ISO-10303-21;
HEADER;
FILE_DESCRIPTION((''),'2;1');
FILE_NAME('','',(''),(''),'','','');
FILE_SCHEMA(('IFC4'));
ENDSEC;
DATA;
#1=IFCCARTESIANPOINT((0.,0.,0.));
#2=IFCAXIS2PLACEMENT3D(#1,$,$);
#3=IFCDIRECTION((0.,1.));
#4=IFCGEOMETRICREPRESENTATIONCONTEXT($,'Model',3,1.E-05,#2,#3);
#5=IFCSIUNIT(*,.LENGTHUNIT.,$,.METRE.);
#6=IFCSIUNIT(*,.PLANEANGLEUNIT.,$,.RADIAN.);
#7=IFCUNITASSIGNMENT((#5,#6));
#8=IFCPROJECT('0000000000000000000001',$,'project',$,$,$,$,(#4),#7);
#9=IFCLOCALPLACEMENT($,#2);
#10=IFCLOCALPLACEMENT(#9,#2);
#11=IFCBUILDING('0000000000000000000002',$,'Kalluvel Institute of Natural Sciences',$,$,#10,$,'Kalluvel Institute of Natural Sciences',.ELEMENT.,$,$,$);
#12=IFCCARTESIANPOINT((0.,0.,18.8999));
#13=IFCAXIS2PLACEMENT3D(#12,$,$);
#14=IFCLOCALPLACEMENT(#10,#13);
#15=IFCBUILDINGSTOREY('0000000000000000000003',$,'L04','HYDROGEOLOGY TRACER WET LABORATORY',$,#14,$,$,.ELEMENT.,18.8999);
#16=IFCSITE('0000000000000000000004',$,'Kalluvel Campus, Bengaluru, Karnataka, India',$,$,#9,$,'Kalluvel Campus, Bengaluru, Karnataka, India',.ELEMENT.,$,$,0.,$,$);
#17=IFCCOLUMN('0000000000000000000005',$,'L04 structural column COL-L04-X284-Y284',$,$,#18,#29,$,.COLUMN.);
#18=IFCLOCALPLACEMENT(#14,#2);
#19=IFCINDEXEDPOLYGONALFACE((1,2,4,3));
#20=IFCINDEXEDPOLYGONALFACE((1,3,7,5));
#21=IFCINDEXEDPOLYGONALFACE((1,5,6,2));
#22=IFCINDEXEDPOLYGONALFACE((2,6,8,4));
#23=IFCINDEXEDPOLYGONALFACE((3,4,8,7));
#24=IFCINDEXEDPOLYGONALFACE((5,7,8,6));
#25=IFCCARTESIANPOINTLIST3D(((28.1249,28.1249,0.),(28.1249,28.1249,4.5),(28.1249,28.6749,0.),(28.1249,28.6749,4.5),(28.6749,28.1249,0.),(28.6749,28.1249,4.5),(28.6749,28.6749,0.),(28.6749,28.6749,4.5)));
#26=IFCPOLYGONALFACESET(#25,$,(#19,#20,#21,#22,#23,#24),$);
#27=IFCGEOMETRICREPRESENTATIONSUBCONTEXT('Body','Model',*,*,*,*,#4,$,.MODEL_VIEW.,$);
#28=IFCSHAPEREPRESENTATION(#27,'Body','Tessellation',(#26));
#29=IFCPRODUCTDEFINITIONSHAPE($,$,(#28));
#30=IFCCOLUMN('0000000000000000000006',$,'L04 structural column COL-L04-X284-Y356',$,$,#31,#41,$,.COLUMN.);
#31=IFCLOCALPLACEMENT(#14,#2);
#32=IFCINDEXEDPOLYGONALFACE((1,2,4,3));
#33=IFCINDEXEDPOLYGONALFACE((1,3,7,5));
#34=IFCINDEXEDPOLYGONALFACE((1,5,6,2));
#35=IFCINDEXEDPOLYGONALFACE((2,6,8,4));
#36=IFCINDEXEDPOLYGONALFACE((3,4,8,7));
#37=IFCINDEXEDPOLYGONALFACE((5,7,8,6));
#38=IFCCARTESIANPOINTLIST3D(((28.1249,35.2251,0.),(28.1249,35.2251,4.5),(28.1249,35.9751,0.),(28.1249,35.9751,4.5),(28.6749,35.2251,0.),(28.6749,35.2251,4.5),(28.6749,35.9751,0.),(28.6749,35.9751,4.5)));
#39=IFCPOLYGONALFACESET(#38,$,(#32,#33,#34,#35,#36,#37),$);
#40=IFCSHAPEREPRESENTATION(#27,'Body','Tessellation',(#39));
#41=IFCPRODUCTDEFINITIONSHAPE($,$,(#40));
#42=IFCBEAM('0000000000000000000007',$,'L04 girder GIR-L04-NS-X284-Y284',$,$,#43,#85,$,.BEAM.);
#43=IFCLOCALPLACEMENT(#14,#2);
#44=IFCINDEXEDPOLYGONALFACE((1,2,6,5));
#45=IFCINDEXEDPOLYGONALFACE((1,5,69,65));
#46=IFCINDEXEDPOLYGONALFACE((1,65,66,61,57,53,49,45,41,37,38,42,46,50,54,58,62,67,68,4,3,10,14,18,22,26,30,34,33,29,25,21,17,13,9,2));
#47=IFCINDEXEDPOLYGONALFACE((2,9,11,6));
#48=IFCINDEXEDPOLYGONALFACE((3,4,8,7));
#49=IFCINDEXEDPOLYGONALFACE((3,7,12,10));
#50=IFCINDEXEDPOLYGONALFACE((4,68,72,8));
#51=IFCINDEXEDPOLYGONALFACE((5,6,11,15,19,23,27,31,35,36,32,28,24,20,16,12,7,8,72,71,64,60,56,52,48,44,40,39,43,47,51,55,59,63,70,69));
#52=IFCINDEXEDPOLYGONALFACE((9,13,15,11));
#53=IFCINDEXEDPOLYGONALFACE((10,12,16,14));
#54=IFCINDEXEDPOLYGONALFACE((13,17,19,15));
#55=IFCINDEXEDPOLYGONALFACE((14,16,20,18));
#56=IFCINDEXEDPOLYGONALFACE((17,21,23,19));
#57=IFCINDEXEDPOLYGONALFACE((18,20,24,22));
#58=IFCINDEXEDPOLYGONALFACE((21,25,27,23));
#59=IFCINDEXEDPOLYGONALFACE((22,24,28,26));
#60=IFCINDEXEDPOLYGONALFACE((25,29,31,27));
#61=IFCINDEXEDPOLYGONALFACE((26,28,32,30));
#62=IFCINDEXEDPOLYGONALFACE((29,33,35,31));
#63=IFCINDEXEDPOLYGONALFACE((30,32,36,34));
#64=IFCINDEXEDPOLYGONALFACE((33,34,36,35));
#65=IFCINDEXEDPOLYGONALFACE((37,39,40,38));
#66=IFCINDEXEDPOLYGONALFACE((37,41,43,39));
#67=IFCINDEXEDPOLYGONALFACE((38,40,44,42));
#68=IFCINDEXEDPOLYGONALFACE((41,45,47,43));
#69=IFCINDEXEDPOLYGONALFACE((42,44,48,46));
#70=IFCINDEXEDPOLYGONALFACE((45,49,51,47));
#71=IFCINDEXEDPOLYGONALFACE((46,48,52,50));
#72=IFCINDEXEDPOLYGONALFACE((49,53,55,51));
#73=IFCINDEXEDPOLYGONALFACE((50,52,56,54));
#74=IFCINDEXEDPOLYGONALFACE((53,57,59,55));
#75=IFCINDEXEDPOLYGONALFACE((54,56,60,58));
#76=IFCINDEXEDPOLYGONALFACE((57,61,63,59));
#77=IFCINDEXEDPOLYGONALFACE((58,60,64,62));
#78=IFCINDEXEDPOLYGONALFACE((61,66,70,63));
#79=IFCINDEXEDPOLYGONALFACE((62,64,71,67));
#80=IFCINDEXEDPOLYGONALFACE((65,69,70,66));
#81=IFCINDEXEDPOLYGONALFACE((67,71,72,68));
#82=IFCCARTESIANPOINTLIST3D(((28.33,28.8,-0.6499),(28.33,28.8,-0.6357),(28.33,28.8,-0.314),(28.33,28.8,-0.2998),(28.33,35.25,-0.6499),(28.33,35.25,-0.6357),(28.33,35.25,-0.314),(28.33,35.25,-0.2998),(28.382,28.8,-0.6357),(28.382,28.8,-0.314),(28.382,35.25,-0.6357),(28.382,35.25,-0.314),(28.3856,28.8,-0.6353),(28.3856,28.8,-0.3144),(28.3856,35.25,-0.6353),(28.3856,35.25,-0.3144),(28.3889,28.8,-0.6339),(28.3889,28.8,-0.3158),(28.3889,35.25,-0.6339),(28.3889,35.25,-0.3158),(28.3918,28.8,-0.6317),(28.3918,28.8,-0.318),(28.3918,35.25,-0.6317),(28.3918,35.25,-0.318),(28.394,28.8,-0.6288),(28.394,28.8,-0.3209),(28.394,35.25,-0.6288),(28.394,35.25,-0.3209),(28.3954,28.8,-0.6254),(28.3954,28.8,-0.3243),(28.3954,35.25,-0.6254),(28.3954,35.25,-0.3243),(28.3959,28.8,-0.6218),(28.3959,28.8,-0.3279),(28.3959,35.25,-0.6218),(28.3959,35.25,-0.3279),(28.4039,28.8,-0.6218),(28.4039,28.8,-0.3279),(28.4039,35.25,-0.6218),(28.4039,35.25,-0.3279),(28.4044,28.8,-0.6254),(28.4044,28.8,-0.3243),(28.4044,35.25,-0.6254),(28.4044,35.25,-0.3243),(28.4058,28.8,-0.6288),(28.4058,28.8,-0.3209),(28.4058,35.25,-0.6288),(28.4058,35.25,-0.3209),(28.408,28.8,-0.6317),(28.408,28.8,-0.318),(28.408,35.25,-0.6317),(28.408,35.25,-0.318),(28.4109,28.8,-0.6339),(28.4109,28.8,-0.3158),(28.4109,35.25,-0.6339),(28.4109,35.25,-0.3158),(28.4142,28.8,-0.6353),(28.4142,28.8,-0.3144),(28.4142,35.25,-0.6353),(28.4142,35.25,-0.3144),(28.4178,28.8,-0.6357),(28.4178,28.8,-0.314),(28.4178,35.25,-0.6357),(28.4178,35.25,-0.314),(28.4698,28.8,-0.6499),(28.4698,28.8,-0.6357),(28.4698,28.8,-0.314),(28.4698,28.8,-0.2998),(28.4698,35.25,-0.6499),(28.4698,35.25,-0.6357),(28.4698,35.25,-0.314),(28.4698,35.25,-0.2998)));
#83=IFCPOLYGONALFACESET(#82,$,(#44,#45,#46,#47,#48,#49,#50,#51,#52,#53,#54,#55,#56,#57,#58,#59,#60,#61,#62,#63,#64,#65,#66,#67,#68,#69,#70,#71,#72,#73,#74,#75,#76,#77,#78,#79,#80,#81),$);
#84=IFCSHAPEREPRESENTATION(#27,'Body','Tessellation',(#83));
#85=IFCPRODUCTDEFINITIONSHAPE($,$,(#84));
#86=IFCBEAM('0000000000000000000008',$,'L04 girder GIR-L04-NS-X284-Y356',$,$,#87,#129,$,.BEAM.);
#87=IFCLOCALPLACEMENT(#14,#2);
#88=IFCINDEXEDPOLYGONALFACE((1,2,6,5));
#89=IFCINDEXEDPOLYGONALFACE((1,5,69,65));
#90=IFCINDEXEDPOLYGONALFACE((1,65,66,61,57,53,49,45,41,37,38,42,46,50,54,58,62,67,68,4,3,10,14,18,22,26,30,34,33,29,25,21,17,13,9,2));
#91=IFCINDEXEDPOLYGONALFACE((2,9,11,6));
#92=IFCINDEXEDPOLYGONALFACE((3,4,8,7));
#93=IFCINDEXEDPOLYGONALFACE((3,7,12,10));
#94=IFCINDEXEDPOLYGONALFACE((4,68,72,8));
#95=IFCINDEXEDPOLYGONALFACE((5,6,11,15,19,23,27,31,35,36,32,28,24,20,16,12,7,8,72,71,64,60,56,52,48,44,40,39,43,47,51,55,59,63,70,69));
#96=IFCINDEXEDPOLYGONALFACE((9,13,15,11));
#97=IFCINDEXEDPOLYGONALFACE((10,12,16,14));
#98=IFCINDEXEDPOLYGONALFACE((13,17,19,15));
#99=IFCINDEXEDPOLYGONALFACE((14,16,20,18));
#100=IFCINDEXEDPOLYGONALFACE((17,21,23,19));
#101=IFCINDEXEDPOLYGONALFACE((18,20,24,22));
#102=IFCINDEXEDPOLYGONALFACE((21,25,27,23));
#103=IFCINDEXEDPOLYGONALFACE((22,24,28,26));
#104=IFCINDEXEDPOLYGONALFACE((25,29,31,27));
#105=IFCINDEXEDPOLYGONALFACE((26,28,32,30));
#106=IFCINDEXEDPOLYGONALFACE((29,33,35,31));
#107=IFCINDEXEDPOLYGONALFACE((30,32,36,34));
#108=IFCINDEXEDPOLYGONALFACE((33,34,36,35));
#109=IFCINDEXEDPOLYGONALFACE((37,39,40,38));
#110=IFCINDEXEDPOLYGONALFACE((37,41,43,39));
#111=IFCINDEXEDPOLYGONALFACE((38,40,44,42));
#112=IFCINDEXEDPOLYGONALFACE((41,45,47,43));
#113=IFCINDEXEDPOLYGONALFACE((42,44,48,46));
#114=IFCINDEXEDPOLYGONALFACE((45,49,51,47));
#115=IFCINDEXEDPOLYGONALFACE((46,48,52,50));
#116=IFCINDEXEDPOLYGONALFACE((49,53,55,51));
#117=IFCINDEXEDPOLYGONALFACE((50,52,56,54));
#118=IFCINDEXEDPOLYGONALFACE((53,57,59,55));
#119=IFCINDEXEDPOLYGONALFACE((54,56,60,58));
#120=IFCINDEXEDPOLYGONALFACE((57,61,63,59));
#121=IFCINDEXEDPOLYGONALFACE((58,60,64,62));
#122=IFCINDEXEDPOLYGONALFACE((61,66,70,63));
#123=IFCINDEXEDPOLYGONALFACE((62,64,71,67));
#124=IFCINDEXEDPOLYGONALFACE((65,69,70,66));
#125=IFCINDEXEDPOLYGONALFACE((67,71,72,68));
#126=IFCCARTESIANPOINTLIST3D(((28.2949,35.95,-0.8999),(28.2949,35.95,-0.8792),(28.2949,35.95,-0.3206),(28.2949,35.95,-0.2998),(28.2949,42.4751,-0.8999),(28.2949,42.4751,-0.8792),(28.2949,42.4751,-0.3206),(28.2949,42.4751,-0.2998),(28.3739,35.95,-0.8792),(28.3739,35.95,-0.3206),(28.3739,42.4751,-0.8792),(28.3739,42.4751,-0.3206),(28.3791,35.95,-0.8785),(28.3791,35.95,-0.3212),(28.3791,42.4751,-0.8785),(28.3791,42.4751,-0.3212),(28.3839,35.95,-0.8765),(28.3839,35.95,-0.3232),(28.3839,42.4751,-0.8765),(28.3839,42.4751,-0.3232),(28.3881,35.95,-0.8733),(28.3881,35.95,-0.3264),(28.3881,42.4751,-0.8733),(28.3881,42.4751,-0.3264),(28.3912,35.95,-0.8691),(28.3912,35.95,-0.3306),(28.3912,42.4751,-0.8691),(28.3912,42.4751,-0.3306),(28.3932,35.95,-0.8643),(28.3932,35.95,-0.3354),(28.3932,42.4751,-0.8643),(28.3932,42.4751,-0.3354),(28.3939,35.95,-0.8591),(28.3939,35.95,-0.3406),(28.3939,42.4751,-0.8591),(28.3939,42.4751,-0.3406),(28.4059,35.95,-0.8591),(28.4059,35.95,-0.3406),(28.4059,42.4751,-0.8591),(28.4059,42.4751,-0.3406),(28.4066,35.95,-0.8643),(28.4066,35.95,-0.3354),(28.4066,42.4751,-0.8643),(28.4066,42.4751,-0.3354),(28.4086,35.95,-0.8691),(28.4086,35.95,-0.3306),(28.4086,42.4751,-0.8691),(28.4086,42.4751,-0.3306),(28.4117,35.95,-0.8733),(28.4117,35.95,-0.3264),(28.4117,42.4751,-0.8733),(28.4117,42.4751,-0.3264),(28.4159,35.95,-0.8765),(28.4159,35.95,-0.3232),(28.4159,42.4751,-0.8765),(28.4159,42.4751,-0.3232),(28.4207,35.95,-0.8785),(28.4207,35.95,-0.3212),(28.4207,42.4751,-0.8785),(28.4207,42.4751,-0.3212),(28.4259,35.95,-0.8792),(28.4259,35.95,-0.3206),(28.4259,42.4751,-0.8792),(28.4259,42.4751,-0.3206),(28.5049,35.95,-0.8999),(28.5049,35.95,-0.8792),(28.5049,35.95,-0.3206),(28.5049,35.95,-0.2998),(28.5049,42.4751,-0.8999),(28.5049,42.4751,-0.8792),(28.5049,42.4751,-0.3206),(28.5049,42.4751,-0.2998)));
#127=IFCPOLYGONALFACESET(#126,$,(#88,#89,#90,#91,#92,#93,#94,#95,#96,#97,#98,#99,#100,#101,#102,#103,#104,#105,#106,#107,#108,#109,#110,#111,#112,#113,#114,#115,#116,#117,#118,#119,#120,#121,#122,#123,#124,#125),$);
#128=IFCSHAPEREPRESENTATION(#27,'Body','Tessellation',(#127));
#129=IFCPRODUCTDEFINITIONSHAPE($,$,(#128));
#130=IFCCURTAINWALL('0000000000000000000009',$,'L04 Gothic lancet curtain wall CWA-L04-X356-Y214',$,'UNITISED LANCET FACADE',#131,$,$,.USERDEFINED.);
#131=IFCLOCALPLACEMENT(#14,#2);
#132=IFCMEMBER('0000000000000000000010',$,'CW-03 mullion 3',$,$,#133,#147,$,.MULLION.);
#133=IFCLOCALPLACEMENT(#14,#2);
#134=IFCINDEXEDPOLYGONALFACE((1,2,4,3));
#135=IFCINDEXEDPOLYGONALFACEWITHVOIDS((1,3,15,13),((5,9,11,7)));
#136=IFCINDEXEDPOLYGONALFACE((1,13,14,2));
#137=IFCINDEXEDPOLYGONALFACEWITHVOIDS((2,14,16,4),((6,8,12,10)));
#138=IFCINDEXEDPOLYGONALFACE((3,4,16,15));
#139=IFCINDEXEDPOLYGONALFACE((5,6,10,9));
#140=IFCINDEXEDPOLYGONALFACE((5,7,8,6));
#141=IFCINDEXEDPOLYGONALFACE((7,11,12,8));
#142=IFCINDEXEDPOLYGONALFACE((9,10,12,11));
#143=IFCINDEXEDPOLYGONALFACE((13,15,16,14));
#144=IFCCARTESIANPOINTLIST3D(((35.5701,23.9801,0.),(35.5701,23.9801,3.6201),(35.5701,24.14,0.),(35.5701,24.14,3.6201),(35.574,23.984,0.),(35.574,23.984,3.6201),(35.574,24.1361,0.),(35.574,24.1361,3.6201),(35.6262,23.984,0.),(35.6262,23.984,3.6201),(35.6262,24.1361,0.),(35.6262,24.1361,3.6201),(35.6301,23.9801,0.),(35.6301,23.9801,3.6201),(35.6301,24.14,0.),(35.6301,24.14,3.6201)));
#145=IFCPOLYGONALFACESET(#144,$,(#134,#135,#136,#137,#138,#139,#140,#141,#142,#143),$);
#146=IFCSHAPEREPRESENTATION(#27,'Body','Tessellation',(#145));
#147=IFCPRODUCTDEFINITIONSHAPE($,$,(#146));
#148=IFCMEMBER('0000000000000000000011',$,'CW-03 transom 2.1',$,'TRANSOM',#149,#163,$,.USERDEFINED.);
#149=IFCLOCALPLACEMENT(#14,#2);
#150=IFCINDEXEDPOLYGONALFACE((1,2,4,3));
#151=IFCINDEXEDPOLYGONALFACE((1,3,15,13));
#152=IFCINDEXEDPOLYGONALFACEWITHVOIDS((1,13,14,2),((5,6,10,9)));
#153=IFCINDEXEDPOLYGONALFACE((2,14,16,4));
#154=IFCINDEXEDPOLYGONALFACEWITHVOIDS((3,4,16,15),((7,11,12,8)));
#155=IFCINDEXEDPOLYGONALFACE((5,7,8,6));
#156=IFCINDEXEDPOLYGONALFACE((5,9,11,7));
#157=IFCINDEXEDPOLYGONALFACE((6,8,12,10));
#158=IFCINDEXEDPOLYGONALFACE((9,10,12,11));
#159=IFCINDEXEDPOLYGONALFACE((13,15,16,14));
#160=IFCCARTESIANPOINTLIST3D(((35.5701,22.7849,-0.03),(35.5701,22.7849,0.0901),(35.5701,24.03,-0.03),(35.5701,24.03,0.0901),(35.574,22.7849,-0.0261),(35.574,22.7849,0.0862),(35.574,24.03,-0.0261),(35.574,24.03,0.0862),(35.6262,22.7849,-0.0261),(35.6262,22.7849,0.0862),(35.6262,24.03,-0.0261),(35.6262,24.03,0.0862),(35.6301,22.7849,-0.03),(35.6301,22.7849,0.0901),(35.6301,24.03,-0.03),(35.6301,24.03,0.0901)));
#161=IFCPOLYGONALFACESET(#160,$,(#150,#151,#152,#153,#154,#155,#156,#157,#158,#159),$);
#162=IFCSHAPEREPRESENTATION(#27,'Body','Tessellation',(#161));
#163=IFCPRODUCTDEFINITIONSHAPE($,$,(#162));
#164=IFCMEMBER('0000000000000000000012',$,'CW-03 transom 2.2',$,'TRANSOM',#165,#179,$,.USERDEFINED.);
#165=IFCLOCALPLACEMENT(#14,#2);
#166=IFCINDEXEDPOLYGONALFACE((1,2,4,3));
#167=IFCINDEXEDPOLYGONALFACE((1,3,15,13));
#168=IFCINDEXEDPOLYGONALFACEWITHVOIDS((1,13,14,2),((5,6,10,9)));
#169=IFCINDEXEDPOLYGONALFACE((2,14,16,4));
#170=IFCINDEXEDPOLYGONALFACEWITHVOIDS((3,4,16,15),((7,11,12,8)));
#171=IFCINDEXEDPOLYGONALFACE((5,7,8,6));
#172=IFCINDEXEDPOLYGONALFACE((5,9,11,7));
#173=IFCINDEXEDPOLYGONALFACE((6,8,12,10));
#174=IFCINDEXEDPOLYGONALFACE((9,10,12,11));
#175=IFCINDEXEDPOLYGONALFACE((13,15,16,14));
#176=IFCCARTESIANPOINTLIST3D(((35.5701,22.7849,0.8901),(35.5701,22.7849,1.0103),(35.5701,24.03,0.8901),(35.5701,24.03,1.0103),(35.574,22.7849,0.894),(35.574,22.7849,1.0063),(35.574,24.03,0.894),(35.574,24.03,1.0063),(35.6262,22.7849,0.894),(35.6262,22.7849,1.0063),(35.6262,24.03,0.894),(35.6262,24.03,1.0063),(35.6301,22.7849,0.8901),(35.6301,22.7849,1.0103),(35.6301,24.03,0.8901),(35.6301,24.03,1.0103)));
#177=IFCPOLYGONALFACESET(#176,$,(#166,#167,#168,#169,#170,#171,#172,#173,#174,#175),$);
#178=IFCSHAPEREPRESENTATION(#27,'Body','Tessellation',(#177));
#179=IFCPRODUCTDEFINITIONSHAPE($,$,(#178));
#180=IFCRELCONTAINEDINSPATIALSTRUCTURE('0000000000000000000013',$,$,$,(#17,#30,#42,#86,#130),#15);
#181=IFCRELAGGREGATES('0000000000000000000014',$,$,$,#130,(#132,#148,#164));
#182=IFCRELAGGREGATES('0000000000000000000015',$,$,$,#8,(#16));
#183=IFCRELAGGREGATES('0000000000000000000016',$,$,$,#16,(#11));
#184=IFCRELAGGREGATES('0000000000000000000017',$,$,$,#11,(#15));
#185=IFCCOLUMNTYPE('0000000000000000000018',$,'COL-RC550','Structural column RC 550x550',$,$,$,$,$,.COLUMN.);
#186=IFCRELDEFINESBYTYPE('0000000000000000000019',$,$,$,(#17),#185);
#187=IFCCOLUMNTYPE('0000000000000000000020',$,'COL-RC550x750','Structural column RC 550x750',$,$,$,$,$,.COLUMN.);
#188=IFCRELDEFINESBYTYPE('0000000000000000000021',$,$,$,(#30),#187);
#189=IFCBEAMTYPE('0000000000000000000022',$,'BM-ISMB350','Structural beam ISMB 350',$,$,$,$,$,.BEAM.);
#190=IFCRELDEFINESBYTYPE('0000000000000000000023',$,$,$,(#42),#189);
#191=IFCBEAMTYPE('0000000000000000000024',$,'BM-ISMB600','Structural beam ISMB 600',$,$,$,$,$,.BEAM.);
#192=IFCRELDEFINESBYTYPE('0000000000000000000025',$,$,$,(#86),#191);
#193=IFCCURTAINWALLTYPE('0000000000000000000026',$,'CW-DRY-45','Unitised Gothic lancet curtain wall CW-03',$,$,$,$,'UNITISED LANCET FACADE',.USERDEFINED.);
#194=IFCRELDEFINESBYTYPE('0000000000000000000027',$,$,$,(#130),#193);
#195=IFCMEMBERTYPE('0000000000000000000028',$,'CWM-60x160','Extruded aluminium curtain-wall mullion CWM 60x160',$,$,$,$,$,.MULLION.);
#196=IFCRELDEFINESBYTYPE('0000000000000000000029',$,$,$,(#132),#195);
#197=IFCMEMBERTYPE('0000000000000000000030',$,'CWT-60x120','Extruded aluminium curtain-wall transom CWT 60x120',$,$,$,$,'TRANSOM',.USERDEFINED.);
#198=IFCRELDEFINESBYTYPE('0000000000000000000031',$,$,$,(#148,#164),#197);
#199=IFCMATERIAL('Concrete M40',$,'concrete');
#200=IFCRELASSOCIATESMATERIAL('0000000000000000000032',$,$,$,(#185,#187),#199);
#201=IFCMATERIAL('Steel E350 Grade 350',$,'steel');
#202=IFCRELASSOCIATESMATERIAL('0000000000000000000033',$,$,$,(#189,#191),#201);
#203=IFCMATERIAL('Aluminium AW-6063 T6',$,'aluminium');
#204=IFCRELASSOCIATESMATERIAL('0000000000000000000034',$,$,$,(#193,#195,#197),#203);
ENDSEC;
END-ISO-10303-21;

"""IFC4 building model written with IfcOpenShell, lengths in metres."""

from ifc_helpers import new_model, si_unit, direction, frame, origin, origin_2d, place, context, subcontext, project, spatial, rectangle, hollow_rectangle, i_section, extrude, material, material_profile, profile_set, type_object, element, aggregate, save


model = new_model("IFC4")

# Units and contexts
model_context = context("Model", 3, precision=1e-05, world=origin(), true_north=direction((0.0, 1.0)))
body_context = subcontext(model_context, "Body", "Model", "MODEL_VIEW")
ifc_project = project(units=[si_unit("LENGTHUNIT", "METRE"), si_unit("PLANEANGLEUNIT", "RADIAN")], contexts=[model_context])

# Site, building, storey
site_placement = place(None, origin())
site = spatial("IfcSite", under=ifc_project, at=site_placement, Name="Kalluvel Campus, Bengaluru, Karnataka, India", LongName="Kalluvel Campus, Bengaluru, Karnataka, India", CompositionType="ELEMENT", RefElevation=0.0)
building_placement = place(site_placement, origin())
building = spatial("IfcBuilding", under=site, at=building_placement, Name="Kalluvel Institute of Natural Sciences", LongName="Kalluvel Institute of Natural Sciences", CompositionType="ELEMENT")
storey_placement = place(building_placement, frame((0.0, 0.0, 18.8999)))
storey = spatial("IfcBuildingStorey", under=building, at=storey_placement, Name="L04", Description="HYDROGEOLOGY TRACER WET LABORATORY", CompositionType="ELEMENT", Elevation=18.8999)

# Columns
ifc_material_1 = material(Name="Concrete M40", Category="concrete")
ifc_material_profile_1 = material_profile(ifc_material_1, rectangle(XDim=0.55, YDim=0.55, at=origin_2d()), Name="RC 550x550")
ifc_profile_set_1 = profile_set([ifc_material_profile_1], Name="Concrete M40")
column_type_1 = type_object("IfcColumnType", Name="COL-RC550", Description="Structural column RC 550x550", PredefinedType="COLUMN", material=ifc_profile_set_1)
column_1_placement = place(storey_placement, frame((28.3999, 28.3999, 0.0), z_axis=(0.0, 0.0, 1.0), x_axis=(1.0, 0.0, 0.0)))
element("IfcColumn", 1, at=column_1_placement, inside=storey, type_object=column_type_1, Name="L04 structural column COL-L04-X284-Y284", PredefinedType="COLUMN", context=body_context, shape_type="SweptSolid", body=[
    extrude(rectangle(XDim=0.55, YDim=0.55, at=origin_2d()), origin(), (0.0, 0.0, 1.0), 4.5),
])
ifc_material_profile_2 = material_profile(ifc_material_1, rectangle(XDim=0.55, YDim=0.75, at=origin_2d()), Name="RC 550x750")
ifc_profile_set_2 = profile_set([ifc_material_profile_2], Name="Concrete M40")
column_type_2 = type_object("IfcColumnType", Name="COL-RC550x750", Description="Structural column RC 550x750", PredefinedType="COLUMN", material=ifc_profile_set_2)
column_2_placement = place(storey_placement, frame((28.3999, 35.6001, 0.0), z_axis=(0.0, 0.0, 1.0), x_axis=(1.0, 0.0, 0.0)))
element("IfcColumn", 2, at=column_2_placement, inside=storey, type_object=column_type_2, Name="L04 structural column COL-L04-X284-Y356", PredefinedType="COLUMN", context=body_context, shape_type="SweptSolid", body=[
    extrude(rectangle(XDim=0.55, YDim=0.75, at=origin_2d()), origin(), (0.0, 0.0, 1.0), 4.5),
])

# Beams
ifc_material_2 = material(Name="Steel E350 Grade 350", Category="steel")
ifc_material_profile_3 = material_profile(ifc_material_2, i_section(OverallWidth=0.1399, OverallDepth=0.3501, WebThickness=0.0081, FlangeThickness=0.0142, FilletRadius=0.0139, at=origin_2d()), Name="ISMB 350")
ifc_profile_set_3 = profile_set([ifc_material_profile_3], Name="Steel E350 Grade 350")
beam_type_1 = type_object("IfcBeamType", Name="BM-ISMB350", Description="Structural beam ISMB 350", PredefinedType="BEAM", material=ifc_profile_set_3)
beam_1_placement = place(storey_placement, frame((28.3999, 28.8, -0.4749), z_axis=(0.0, 1.0, 0.0), x_axis=(-1.0, 0.0, 0.0)))
element("IfcBeam", 3, at=beam_1_placement, inside=storey, type_object=beam_type_1, Name="L04 girder GIR-L04-NS-X284-Y284", PredefinedType="BEAM", context=body_context, shape_type="SweptSolid", body=[
    extrude(i_section(OverallWidth=0.1399, OverallDepth=0.3501, WebThickness=0.0081, FlangeThickness=0.0142, FilletRadius=0.0139, at=origin_2d()), origin(), (0.0, 0.0, 1.0), 6.45),
])
ifc_material_profile_4 = material_profile(ifc_material_2, i_section(OverallWidth=0.21, OverallDepth=0.6001, WebThickness=0.012, FlangeThickness=0.0208, FilletRadius=0.02, at=origin_2d()), Name="ISMB 600")
ifc_profile_set_4 = profile_set([ifc_material_profile_4], Name="Steel E350 Grade 350")
beam_type_2 = type_object("IfcBeamType", Name="BM-ISMB600", Description="Structural beam ISMB 600", PredefinedType="BEAM", material=ifc_profile_set_4)
beam_2_placement = place(storey_placement, frame((28.3999, 35.95, -0.5999), z_axis=(0.0, 1.0, 0.0), x_axis=(-1.0, 0.0, 0.0)))
element("IfcBeam", 4, at=beam_2_placement, inside=storey, type_object=beam_type_2, Name="L04 girder GIR-L04-NS-X284-Y356", PredefinedType="BEAM", context=body_context, shape_type="SweptSolid", body=[
    extrude(i_section(OverallWidth=0.21, OverallDepth=0.6001, WebThickness=0.012, FlangeThickness=0.0208, FilletRadius=0.02, at=origin_2d()), origin(), (0.0, 0.0, 1.0), 6.5251),
])

# Curtain wall, members
ifc_material_3 = material(Name="Aluminium AW-6063 T6", Category="aluminium")
curtain_wall_type = type_object("IfcCurtainWallType", Name="CW-DRY-45", Description="Unitised Gothic lancet curtain wall CW-03", ElementType="UNITISED LANCET FACADE", PredefinedType="USERDEFINED", material=ifc_material_3)
curtain_wall_placement = place(storey_placement, origin())
curtain_wall = element("IfcCurtainWall", 5, at=curtain_wall_placement, inside=storey, type_object=curtain_wall_type, Name="L04 Gothic lancet curtain wall CWA-L04-X356-Y214", ObjectType="UNITISED LANCET FACADE", PredefinedType="USERDEFINED")
ifc_material_profile_5 = material_profile(ifc_material_3, hollow_rectangle(XDim=0.0601, YDim=0.1599, WallThickness=0.0039, at=origin_2d()), Name="CWM 60x160")
ifc_profile_set_5 = profile_set([ifc_material_profile_5], Name="Aluminium AW-6063 T6")
member_type_1 = type_object("IfcMemberType", Name="CWM-60x160", Description="Extruded aluminium curtain-wall mullion CWM 60x160", PredefinedType="MULLION", material=ifc_profile_set_5)
member_1_placement = place(storey_placement, frame((35.6001, 24.0601, 0.0), z_axis=(0.0, 0.0, 1.0), x_axis=(-1.0, 0.0, 0.0)))
member_1 = element("IfcMember", 6, at=member_1_placement, type_object=member_type_1, Name="CW-03 mullion 3", PredefinedType="MULLION", context=body_context, shape_type="SweptSolid", body=[
    extrude(hollow_rectangle(XDim=0.0601, YDim=0.1599, WallThickness=0.0039, at=origin_2d()), origin(), (0.0, 0.0, 1.0), 3.6201),
])
ifc_material_profile_6 = material_profile(ifc_material_3, hollow_rectangle(XDim=0.0601, YDim=0.1201, WallThickness=0.0039, at=origin_2d()), Name="CWT 60x120")
ifc_profile_set_6 = profile_set([ifc_material_profile_6], Name="Aluminium AW-6063 T6")
member_type_2 = type_object("IfcMemberType", Name="CWT-60x120", Description="Extruded aluminium curtain-wall transom CWT 60x120", ElementType="TRANSOM", PredefinedType="USERDEFINED", material=ifc_profile_set_6)
member_2_placement = place(storey_placement, frame((35.6001, 22.7849, 0.03), z_axis=(0.0, 1.0, 0.0), x_axis=(-1.0, 0.0, 0.0)))
member_2 = element("IfcMember", 7, at=member_2_placement, type_object=member_type_2, Name="CW-03 transom 2.1", ObjectType="TRANSOM", PredefinedType="USERDEFINED", context=body_context, shape_type="SweptSolid", body=[
    extrude(hollow_rectangle(XDim=0.0601, YDim=0.1201, WallThickness=0.0039, at=origin_2d()), origin(), (0.0, 0.0, 1.0), 1.2451),
])
member_3_placement = place(storey_placement, frame((35.6001, 22.7849, 0.9502), z_axis=(0.0, 1.0, 0.0), x_axis=(-1.0, 0.0, 0.0)))
member_3 = element("IfcMember", 8, at=member_3_placement, type_object=member_type_2, Name="CW-03 transom 2.2", ObjectType="TRANSOM", PredefinedType="USERDEFINED", context=body_context, shape_type="SweptSolid", body=[
    extrude(hollow_rectangle(XDim=0.0601, YDim=0.1201, WallThickness=0.0039, at=origin_2d()), origin(), (0.0, 0.0, 1.0), 1.2451),
])

aggregate(curtain_wall, [member_1, member_2, member_3])

save(model, "model.ifc")
